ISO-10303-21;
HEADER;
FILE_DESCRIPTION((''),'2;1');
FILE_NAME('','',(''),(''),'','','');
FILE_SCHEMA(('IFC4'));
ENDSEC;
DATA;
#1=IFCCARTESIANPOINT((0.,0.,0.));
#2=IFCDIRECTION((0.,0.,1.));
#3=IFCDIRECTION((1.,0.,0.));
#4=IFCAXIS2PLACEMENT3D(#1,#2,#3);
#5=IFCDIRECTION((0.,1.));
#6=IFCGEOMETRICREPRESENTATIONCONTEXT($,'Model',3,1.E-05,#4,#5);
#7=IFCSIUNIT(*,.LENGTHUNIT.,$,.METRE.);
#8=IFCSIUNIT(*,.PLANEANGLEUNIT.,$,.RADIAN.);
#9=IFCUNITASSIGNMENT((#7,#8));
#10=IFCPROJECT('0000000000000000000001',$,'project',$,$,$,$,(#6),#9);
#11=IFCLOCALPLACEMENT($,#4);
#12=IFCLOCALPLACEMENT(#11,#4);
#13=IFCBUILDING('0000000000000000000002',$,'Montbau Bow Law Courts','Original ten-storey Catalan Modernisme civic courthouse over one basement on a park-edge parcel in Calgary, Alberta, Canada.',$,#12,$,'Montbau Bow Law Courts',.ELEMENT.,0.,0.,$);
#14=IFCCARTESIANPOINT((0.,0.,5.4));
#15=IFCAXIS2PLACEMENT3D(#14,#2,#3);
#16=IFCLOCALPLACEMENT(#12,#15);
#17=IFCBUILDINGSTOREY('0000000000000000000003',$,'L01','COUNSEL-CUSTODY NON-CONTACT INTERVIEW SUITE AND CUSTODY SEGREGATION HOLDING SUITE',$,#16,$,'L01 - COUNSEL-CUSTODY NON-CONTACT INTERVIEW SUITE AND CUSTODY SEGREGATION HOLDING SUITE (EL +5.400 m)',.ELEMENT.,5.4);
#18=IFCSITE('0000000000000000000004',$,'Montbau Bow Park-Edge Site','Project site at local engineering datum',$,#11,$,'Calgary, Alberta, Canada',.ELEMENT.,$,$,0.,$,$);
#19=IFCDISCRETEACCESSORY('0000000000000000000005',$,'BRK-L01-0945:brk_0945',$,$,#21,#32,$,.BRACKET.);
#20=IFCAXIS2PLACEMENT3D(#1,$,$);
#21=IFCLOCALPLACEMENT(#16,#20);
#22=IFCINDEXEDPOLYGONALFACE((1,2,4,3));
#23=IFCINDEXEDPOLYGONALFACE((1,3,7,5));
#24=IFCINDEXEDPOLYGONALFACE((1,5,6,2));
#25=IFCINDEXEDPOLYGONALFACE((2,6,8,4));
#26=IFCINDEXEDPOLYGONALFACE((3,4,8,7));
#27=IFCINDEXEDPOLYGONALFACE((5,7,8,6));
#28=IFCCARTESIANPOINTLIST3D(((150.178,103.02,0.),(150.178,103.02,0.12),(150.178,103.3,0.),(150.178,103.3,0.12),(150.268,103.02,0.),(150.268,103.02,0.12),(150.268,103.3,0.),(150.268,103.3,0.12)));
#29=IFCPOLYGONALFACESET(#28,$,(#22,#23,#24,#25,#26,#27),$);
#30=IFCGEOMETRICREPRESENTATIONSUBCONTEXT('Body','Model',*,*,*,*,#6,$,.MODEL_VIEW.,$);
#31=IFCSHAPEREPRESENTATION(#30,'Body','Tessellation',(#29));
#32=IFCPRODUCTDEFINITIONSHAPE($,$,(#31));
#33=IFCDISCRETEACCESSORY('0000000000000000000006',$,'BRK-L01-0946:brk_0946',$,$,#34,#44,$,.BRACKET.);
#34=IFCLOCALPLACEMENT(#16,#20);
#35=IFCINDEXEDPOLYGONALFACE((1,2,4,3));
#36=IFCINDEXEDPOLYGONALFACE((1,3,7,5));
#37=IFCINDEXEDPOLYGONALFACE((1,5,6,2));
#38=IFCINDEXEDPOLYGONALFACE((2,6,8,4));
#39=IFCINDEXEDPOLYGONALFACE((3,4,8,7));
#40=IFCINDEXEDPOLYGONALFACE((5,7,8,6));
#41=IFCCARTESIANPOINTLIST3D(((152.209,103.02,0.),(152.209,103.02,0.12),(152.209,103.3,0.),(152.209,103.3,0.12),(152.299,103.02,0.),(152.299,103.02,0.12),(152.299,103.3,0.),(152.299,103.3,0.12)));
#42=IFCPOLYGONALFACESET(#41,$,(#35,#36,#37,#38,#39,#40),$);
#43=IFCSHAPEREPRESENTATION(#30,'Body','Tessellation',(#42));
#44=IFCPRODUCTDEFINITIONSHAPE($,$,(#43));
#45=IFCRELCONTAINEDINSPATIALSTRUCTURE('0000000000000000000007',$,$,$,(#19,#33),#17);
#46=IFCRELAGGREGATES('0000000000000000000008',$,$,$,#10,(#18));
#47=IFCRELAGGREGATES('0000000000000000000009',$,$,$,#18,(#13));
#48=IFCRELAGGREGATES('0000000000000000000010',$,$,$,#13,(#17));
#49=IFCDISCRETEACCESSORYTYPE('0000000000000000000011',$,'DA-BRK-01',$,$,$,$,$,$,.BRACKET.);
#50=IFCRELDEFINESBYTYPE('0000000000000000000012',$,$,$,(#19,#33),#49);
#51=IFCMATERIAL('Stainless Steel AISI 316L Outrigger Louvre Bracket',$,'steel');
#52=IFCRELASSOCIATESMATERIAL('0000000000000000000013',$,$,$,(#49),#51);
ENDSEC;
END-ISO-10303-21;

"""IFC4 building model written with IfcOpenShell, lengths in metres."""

from ifc_helpers import new_model, si_unit, direction, frame, origin_with_axes, origin_2d_with_axis, place, context, subcontext, project, spatial, rectangle, extrude, material, type_object, element, save


model = new_model("IFC4")

# Units and contexts
model_context = context("Model", 3, precision=1e-05, world=origin_with_axes(), true_north=direction((0.0, 1.0)))
body_context = subcontext(model_context, "Body", "Model", "MODEL_VIEW")
ifc_project = project(units=[si_unit("LENGTHUNIT", "METRE"), si_unit("PLANEANGLEUNIT", "RADIAN")], contexts=[model_context])

# Site, building, storey
site_placement = place(None, origin_with_axes())
site = spatial("IfcSite", under=ifc_project, at=site_placement, Name="Montbau Bow Park-Edge Site", Description="Project site at local engineering datum", LongName="Calgary, Alberta, Canada", CompositionType="ELEMENT", RefElevation=0.0)
building_placement = place(site_placement, origin_with_axes())
building = spatial("IfcBuilding", under=site, at=building_placement, Name="Montbau Bow Law Courts", Description="Original ten-storey Catalan Modernisme civic courthouse over one basement on a park-edge parcel in Calgary, Alberta, Canada.", LongName="Montbau Bow Law Courts", CompositionType="ELEMENT", ElevationOfRefHeight=0.0, ElevationOfTerrain=0.0)
storey_placement = place(building_placement, frame((0.0, 0.0, 5.4), z_axis=(0.0, 0.0, 1.0), x_axis=(1.0, 0.0, 0.0)))
storey = spatial("IfcBuildingStorey", under=building, at=storey_placement, Name="L01", Description="COUNSEL-CUSTODY NON-CONTACT INTERVIEW SUITE AND CUSTODY SEGREGATION HOLDING SUITE", LongName="L01 - COUNSEL-CUSTODY NON-CONTACT INTERVIEW SUITE AND CUSTODY SEGREGATION HOLDING SUITE (EL +5.400 m)", CompositionType="ELEMENT", Elevation=5.4)

# Discrete accessories
ifc_material_1 = material(Name="Stainless Steel AISI 316L Outrigger Louvre Bracket", Category="steel")
discrete_accessory_type = type_object("IfcDiscreteAccessoryType", Name="DA-BRK-01", PredefinedType="BRACKET", material=ifc_material_1)
for number, where, z_axis, x_axis, name in (
    (1, (150.223, 103.16, 5.4), (0.0, 0.0, 1.0), (0.0, 1.0, 0.0), "BRK-L01-0945:brk_0945"),
    (2, (152.254, 103.16, 5.4), (0.0, 0.0, 1.0), (0.0, 1.0, 0.0), "BRK-L01-0946:brk_0946"),
):
    element("IfcDiscreteAccessory", number, at=place(None, frame(where, z_axis=z_axis, x_axis=x_axis)), inside=storey, type_object=discrete_accessory_type, Name=name, PredefinedType="BRACKET", context=body_context, shape_type="SweptSolid", body=[
        extrude(rectangle(XDim=0.28, YDim=0.09, at=origin_2d_with_axis()), origin_with_axes(), (0.0, 0.0, 1.0), 0.12),
    ])

save(model, "model.ifc")
